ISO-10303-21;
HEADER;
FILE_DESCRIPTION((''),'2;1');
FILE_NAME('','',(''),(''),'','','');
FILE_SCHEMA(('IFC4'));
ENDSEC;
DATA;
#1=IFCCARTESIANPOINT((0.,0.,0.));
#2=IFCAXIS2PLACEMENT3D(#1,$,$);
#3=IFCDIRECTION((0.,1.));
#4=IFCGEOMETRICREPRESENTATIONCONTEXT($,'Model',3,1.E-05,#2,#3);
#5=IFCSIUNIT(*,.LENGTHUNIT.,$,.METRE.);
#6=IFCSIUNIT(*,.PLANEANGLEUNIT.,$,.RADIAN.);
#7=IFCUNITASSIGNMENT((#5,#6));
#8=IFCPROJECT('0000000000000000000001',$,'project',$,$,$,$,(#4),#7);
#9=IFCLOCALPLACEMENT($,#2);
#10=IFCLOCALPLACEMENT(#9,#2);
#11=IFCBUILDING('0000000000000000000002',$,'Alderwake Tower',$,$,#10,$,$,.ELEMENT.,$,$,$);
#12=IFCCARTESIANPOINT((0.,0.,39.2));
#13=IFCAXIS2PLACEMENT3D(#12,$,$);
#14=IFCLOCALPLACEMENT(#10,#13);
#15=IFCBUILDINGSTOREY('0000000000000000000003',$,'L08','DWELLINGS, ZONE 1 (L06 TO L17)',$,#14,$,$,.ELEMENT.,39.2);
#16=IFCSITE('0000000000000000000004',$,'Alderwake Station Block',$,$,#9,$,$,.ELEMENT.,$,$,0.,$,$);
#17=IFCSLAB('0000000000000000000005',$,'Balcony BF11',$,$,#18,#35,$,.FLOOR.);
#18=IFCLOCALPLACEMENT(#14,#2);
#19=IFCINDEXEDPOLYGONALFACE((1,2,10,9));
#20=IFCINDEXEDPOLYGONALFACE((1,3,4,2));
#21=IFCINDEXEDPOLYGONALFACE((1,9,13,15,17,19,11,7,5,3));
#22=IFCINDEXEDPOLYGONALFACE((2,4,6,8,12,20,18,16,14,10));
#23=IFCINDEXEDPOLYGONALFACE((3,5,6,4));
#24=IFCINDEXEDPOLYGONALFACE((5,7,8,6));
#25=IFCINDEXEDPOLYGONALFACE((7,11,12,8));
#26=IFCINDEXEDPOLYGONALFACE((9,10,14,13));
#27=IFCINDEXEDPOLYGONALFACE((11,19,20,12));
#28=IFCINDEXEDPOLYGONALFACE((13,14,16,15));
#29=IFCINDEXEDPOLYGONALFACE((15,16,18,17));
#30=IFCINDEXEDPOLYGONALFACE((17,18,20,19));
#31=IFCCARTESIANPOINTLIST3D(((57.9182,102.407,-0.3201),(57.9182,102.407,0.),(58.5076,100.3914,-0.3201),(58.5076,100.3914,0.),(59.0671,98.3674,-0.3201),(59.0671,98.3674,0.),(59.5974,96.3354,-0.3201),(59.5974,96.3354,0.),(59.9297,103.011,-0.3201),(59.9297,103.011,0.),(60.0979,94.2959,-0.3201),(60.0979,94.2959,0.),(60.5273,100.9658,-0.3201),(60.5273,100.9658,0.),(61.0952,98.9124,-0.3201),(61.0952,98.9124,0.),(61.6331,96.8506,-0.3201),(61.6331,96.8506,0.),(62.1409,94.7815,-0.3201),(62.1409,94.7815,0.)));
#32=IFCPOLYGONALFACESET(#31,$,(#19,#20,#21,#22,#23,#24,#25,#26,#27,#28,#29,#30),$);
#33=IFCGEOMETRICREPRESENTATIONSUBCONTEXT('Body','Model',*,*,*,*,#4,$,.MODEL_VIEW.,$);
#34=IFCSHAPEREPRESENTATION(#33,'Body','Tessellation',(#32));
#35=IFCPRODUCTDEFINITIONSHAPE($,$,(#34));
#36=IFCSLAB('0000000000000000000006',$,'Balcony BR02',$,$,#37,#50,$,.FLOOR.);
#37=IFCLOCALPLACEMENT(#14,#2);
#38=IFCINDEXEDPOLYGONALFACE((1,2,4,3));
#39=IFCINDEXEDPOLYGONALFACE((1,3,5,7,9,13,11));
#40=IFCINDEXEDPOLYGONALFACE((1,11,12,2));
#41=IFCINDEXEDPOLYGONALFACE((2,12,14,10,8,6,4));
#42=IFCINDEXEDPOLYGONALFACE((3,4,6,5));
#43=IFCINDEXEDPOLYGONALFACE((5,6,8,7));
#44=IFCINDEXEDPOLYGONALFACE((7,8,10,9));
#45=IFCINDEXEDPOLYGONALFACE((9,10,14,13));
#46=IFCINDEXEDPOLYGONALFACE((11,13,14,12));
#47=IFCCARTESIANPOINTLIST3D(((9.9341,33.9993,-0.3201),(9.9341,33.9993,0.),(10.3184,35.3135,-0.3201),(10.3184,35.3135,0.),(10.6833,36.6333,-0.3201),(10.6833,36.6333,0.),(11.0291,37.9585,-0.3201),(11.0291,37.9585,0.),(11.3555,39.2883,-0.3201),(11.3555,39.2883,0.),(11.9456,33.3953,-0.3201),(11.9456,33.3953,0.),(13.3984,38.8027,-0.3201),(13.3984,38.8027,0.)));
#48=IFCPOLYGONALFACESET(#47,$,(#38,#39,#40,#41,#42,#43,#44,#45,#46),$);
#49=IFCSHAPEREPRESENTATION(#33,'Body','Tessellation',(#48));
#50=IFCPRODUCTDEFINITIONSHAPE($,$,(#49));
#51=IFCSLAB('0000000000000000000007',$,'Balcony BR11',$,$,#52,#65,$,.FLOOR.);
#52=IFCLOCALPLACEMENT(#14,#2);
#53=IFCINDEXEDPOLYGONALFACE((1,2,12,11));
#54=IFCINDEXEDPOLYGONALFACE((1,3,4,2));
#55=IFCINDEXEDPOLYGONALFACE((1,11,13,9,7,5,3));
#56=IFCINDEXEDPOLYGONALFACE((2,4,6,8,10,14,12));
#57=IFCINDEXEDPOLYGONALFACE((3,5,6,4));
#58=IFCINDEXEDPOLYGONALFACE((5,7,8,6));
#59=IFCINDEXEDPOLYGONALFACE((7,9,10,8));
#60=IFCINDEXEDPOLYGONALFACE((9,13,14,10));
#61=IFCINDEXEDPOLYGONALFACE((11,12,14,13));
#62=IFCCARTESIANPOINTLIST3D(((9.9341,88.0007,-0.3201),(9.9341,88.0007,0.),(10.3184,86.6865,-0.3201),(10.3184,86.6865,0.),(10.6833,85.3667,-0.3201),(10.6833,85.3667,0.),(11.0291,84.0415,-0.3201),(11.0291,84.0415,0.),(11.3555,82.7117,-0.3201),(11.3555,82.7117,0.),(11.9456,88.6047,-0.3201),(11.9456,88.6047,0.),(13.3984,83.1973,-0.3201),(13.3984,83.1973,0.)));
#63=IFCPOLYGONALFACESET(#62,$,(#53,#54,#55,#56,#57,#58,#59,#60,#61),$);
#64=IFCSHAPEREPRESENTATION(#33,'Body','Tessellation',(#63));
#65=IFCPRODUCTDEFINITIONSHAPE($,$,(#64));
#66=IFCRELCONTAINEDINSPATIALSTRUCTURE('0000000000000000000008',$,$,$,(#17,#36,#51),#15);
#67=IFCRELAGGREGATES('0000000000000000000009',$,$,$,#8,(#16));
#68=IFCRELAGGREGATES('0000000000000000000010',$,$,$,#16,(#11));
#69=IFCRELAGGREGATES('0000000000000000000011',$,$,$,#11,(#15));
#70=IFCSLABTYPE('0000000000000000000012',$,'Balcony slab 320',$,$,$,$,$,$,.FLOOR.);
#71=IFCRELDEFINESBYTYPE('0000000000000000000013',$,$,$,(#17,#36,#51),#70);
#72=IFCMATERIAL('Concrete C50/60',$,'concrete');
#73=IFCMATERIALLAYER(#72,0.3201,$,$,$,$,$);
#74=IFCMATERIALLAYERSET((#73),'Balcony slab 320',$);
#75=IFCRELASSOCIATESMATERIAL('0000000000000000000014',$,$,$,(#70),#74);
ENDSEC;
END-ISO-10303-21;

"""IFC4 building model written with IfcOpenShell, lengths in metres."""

from ifc_helpers import new_model, si_unit, direction, frame, origin, place, context, subcontext, project, spatial, polyline, outline, extrude, material, layer, layer_set, type_object, element, save


model = new_model("IFC4")

# Units and contexts
model_context = context("Model", 3, precision=1e-05, world=origin(), true_north=direction((0.0, 1.0)))
body_context = subcontext(model_context, "Body", "Model", "MODEL_VIEW")
ifc_project = project(units=[si_unit("LENGTHUNIT", "METRE"), si_unit("PLANEANGLEUNIT", "RADIAN")], contexts=[model_context])

# Site, building, storey
site_placement = place(None, origin())
site = spatial("IfcSite", under=ifc_project, at=site_placement, Name="Alderwake Station Block", CompositionType="ELEMENT", RefElevation=0.0)
building_placement = place(site_placement, origin())
building = spatial("IfcBuilding", under=site, at=building_placement, Name="Alderwake Tower", CompositionType="ELEMENT")
storey_placement = place(building_placement, frame((0.0, 0.0, 39.2)))
storey = spatial("IfcBuildingStorey", under=building, at=storey_placement, Name="L08", Description="DWELLINGS, ZONE 1 (L06 TO L17)", CompositionType="ELEMENT", Elevation=39.2)

# Slabs
ifc_material_1 = material(Name="Concrete C50/60", Category="concrete")
ifc_layer_1 = layer(ifc_material_1, 0.3201)
ifc_layer_set_1 = layer_set([ifc_layer_1], Name="Balcony slab 320")
slab_type_1 = type_object("IfcSlabType", Name="Balcony slab 320", PredefinedType="FLOOR", material=ifc_layer_set_1)
slab_1_placement = place(storey_placement, frame((0.0, 0.0, -0.3201)))
element("IfcSlab", 1, at=slab_1_placement, inside=storey, type_object=slab_type_1, Name="Balcony BF11", PredefinedType="FLOOR", context=body_context, shape_type="SweptSolid", body=[
    extrude(outline(polyline([(60.0979, 94.2959), (62.1409, 94.7815), (61.6331, 96.8506), (61.0952, 98.9124), (60.5273, 100.9658), (59.9297, 103.011), (57.9182, 102.407), (58.5076, 100.3914), (59.0671, 98.3674), (59.5974, 96.3354), (60.0979, 94.2959)])), origin(), (0.0, 0.0, 1.0), 0.3201),
])
slab_2_placement = place(storey_placement, frame((0.0, 0.0, -0.3201)))
element("IfcSlab", 2, at=slab_2_placement, inside=storey, type_object=slab_type_1, Name="Balcony BR02", PredefinedType="FLOOR", context=body_context, shape_type="SweptSolid", body=[
    extrude(outline(polyline([(9.9341, 33.9993), (11.9456, 33.3953), (13.3984, 38.8027), (11.3555, 39.2883), (11.0291, 37.9585), (10.6833, 36.6333), (10.3184, 35.3135), (9.9341, 33.9993)])), origin(), (0.0, 0.0, 1.0), 0.3201),
])
slab_3_placement = place(storey_placement, frame((0.0, 0.0, -0.3201)))
element("IfcSlab", 3, at=slab_3_placement, inside=storey, type_object=slab_type_1, Name="Balcony BR11", PredefinedType="FLOOR", context=body_context, shape_type="SweptSolid", body=[
    extrude(outline(polyline([(11.3555, 82.7117), (13.3984, 83.1973), (11.9456, 88.6047), (9.9341, 88.0007), (10.3184, 86.6865), (10.6833, 85.3667), (11.0291, 84.0415), (11.3555, 82.7117)])), origin(), (0.0, 0.0, 1.0), 0.3201),
])

save(model, "model.ifc")
